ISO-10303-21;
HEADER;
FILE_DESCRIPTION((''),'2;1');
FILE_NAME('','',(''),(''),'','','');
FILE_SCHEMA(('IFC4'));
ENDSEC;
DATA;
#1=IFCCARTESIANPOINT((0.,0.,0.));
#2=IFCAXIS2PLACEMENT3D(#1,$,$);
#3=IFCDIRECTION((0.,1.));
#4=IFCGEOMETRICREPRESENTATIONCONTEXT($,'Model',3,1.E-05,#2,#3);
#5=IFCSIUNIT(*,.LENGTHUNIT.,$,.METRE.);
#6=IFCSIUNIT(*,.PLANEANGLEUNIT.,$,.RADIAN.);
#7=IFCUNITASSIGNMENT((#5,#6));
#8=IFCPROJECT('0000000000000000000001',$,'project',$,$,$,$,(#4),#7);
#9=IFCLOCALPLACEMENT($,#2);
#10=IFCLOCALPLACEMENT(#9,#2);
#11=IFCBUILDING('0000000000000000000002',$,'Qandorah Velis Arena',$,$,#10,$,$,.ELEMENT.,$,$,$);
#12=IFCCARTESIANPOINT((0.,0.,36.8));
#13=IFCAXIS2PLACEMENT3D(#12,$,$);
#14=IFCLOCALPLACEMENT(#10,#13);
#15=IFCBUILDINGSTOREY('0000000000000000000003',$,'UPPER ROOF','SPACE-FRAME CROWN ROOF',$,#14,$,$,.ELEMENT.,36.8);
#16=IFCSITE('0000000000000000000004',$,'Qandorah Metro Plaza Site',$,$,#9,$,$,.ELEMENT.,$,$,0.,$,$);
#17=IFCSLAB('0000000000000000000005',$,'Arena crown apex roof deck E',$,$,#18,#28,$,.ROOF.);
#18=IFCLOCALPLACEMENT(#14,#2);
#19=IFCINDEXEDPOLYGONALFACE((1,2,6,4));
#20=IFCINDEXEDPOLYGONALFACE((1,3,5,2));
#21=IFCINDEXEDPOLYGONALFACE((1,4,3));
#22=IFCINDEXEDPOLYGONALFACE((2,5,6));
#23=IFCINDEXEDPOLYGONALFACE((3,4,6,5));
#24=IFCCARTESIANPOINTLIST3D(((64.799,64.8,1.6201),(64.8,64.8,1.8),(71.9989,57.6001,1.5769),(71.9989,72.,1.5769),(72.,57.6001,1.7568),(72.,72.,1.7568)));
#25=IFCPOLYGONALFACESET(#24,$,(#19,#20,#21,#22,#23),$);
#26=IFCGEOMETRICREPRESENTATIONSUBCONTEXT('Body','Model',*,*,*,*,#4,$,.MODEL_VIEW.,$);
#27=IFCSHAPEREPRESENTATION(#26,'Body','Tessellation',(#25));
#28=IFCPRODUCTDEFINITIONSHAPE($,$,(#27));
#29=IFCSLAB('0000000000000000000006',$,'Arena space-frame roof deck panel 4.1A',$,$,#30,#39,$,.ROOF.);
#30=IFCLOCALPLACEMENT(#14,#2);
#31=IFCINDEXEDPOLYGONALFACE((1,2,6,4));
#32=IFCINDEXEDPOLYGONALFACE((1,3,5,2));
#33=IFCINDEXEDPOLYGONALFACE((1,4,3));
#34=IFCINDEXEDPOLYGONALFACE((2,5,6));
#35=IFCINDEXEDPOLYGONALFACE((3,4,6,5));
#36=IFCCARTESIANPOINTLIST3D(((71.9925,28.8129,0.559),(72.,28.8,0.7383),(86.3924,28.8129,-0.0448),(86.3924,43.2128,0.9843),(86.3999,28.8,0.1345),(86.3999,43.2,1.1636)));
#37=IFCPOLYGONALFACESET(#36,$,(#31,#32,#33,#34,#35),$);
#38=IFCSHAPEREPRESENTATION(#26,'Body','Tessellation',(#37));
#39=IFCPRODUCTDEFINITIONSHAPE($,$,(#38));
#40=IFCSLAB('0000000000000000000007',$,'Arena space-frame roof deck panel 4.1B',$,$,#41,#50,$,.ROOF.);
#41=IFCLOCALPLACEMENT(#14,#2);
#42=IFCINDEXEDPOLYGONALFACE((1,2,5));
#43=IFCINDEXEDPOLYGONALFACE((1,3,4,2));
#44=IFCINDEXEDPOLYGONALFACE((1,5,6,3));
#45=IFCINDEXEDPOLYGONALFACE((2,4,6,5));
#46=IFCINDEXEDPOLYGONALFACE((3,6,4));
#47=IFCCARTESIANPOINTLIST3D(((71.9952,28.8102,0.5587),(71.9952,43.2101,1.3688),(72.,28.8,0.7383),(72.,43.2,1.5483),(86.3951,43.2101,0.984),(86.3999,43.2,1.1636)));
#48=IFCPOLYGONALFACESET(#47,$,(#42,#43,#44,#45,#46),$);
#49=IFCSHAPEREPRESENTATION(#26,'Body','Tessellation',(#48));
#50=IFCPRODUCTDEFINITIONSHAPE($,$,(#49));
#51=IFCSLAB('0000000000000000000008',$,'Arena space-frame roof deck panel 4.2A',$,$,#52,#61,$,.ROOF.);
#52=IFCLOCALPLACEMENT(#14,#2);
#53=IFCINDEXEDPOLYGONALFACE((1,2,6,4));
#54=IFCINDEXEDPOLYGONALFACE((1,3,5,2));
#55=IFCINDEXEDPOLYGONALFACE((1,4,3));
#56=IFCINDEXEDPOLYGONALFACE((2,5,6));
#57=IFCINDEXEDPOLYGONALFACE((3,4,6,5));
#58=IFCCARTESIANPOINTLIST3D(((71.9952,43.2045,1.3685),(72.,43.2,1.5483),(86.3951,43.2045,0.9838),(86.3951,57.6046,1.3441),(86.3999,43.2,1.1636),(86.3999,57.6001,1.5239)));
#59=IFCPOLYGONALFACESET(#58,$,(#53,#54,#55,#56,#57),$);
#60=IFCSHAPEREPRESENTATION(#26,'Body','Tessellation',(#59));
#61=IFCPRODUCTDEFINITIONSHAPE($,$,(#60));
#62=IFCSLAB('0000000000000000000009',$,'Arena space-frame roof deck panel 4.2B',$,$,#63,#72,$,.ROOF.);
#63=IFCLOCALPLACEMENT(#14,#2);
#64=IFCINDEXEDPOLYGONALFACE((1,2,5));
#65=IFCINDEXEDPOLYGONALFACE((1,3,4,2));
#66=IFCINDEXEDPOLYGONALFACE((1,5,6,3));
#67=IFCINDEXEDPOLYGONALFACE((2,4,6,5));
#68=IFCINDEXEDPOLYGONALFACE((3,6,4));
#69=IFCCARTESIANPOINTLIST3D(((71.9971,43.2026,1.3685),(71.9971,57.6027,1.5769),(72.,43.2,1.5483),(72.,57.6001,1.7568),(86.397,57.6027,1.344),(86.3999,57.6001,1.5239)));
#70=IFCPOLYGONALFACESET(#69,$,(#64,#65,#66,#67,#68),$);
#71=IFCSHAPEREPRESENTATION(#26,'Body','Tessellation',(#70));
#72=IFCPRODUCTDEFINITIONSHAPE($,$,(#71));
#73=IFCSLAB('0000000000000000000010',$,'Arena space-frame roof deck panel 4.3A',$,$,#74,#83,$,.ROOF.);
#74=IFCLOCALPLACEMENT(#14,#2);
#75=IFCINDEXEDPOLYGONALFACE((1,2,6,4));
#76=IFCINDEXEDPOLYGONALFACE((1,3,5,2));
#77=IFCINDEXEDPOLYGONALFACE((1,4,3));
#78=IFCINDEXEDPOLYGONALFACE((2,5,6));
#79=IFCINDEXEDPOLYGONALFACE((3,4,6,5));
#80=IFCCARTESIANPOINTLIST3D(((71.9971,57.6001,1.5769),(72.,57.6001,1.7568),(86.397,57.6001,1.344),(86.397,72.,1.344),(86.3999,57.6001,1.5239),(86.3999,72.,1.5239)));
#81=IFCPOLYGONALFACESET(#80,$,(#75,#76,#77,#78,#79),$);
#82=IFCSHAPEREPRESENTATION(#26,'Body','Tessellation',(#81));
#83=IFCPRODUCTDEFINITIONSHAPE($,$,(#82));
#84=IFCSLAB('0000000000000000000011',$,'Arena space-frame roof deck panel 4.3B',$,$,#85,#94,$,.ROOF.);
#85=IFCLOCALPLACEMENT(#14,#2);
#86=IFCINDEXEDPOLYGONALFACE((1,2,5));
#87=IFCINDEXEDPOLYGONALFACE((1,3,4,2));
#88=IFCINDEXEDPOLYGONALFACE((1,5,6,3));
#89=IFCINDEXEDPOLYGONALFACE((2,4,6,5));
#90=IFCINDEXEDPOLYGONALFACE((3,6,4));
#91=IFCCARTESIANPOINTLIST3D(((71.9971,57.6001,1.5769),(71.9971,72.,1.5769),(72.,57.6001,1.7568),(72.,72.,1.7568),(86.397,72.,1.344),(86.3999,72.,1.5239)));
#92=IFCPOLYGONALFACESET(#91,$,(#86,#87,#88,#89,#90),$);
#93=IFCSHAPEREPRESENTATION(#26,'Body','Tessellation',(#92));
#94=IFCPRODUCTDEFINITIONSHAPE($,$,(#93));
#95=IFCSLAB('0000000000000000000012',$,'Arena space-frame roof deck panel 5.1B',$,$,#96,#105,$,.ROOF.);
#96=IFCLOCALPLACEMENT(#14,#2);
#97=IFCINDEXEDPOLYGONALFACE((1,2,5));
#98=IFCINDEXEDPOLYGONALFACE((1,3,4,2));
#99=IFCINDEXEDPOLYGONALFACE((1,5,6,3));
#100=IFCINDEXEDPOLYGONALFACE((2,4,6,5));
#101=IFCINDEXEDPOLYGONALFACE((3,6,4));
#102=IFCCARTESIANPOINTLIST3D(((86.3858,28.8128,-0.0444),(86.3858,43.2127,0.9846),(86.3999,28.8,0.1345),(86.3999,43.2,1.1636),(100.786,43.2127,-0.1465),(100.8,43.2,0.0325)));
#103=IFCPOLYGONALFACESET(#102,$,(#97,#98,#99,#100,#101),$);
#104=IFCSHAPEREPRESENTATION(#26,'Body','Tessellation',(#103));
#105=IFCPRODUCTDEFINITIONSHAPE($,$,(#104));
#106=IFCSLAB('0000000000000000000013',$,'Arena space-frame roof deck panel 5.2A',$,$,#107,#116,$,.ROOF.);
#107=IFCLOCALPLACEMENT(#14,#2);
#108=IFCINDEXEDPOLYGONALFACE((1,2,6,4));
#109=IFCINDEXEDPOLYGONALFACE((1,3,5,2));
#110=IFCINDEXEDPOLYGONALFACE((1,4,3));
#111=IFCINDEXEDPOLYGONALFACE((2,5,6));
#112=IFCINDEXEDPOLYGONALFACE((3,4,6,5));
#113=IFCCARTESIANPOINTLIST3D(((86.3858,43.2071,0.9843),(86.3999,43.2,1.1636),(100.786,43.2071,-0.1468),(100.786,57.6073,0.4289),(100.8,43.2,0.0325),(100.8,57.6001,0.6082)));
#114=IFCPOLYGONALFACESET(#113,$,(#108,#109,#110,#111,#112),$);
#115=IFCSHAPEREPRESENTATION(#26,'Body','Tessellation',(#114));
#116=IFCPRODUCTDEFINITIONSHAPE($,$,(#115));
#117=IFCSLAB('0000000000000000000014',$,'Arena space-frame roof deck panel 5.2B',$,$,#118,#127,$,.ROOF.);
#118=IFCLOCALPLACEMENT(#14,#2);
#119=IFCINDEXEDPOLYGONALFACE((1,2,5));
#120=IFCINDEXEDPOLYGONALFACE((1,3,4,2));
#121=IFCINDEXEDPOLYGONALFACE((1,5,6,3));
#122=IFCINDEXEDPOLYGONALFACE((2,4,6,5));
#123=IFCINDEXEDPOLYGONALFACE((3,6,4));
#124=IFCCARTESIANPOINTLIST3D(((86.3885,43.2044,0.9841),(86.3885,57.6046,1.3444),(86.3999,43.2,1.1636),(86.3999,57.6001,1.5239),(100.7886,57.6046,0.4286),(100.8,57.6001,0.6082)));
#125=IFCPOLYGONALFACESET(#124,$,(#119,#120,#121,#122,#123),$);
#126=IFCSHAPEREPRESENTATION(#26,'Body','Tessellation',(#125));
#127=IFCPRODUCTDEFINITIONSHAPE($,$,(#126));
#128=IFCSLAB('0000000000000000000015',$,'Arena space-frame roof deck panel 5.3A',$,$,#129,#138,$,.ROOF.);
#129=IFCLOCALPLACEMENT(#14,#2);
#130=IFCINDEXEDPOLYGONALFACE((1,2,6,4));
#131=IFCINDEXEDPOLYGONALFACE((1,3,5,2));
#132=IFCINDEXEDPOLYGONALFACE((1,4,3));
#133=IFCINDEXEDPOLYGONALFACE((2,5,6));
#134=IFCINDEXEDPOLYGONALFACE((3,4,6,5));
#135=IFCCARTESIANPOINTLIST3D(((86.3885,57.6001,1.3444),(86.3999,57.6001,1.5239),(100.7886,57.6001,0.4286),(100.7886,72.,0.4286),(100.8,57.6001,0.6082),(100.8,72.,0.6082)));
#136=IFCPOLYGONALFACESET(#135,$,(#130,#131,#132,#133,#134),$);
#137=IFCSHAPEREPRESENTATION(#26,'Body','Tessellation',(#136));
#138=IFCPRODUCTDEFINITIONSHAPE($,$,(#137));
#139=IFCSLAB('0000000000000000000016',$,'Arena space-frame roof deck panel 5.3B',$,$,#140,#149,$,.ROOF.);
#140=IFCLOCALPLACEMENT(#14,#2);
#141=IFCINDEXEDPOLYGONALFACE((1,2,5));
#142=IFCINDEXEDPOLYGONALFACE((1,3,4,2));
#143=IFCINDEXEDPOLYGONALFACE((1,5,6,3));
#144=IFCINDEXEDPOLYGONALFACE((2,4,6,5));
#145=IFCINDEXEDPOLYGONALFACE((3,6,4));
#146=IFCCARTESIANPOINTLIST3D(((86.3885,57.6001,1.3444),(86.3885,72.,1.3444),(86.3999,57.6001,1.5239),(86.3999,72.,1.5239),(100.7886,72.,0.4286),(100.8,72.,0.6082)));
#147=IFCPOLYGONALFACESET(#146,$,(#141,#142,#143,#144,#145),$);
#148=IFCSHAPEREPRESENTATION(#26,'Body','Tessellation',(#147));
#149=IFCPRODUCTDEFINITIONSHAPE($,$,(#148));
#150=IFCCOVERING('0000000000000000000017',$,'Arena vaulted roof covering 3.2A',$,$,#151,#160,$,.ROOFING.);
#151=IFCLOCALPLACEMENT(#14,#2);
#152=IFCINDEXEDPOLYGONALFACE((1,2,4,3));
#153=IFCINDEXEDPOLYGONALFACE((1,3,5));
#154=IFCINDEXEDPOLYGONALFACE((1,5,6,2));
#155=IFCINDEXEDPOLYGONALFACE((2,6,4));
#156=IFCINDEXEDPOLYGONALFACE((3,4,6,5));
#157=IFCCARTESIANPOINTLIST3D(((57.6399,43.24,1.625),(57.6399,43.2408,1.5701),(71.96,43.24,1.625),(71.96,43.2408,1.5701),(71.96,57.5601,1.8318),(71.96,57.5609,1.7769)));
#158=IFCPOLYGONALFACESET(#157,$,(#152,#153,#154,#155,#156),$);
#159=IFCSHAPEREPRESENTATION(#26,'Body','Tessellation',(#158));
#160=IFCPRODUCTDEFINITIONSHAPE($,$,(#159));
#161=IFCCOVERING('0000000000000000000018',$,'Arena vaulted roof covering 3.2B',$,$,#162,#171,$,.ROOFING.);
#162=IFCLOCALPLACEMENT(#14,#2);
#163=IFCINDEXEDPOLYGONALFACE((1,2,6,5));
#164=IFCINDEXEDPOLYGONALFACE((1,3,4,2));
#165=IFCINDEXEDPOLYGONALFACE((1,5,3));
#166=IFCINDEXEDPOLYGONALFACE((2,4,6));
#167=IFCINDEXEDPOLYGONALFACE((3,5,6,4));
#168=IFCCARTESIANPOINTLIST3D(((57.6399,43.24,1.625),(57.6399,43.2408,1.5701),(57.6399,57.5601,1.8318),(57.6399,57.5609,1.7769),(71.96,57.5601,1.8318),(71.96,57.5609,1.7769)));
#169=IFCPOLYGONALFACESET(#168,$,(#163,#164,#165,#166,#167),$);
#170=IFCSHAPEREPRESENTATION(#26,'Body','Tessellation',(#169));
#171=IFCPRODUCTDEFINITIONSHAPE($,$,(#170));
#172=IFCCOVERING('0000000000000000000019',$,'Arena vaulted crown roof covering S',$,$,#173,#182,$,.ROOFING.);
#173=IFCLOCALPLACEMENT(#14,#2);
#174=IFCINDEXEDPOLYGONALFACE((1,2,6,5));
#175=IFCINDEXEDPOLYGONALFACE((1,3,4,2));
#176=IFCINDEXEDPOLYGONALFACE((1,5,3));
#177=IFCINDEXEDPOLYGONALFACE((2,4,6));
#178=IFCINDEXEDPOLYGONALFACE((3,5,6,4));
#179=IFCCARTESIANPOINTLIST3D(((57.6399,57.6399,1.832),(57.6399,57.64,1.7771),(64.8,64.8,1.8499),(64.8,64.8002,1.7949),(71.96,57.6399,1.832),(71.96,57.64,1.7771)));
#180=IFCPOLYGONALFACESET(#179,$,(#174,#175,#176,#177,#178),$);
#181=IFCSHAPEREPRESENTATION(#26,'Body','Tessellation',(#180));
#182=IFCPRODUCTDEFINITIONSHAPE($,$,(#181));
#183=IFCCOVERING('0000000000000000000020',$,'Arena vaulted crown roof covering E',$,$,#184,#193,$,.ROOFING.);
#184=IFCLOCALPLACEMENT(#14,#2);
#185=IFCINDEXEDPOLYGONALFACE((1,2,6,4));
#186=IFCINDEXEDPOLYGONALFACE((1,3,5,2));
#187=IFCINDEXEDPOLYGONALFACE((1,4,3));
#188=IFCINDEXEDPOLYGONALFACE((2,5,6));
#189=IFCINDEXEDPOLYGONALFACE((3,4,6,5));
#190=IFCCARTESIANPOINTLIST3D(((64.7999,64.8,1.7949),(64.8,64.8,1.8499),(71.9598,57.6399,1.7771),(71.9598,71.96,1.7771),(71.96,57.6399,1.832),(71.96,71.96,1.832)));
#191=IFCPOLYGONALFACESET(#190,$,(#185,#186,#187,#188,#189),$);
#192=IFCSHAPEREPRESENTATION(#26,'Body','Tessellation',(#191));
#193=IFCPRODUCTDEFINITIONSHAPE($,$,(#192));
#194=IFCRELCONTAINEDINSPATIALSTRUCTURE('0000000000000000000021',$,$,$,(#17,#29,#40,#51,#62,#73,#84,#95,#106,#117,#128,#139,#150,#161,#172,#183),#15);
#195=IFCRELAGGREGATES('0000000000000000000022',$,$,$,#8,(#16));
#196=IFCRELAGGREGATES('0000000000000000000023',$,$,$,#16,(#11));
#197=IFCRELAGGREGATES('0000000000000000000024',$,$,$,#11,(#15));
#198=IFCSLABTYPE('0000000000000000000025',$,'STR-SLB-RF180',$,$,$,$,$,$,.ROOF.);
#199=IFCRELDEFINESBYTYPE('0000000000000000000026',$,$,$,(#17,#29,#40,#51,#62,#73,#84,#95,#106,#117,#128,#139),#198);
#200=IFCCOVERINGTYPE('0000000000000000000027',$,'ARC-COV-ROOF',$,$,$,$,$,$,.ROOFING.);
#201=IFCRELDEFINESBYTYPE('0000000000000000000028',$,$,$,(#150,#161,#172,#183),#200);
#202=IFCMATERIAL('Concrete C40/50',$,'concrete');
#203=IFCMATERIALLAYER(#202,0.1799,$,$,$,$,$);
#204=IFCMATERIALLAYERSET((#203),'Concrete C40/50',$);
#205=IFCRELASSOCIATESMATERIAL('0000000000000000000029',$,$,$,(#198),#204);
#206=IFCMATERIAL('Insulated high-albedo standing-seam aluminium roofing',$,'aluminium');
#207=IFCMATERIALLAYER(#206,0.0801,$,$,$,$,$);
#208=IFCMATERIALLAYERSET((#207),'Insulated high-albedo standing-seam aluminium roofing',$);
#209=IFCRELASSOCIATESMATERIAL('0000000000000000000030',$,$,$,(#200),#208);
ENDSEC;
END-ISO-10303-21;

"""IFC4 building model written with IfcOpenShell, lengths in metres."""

from ifc_helpers import new_model, si_unit, direction, frame, origin, place, context, subcontext, project, spatial, polyline, outline, extrude, material, layer, layer_set, type_object, element, save


model = new_model("IFC4")

# Units and contexts
model_context = context("Model", 3, precision=1e-05, world=origin(), true_north=direction((0.0, 1.0)))
body_context = subcontext(model_context, "Body", "Model", "MODEL_VIEW")
ifc_project = project(units=[si_unit("LENGTHUNIT", "METRE"), si_unit("PLANEANGLEUNIT", "RADIAN")], contexts=[model_context])

# Site, building, storey
site_placement = place(None, origin())
site = spatial("IfcSite", under=ifc_project, at=site_placement, Name="Qandorah Metro Plaza Site", CompositionType="ELEMENT", RefElevation=0.0)
building_placement = place(site_placement, origin())
building = spatial("IfcBuilding", under=site, at=building_placement, Name="Qandorah Velis Arena", CompositionType="ELEMENT")
storey_placement = place(building_placement, frame((0.0, 0.0, 36.8)))
storey = spatial("IfcBuildingStorey", under=building, at=storey_placement, Name="UPPER ROOF", Description="SPACE-FRAME CROWN ROOF", CompositionType="ELEMENT", Elevation=36.8)

# Slabs
ifc_material_1 = material(Name="Concrete C40/50", Category="concrete")
ifc_layer_1 = layer(ifc_material_1, 0.1799)
ifc_layer_set_1 = layer_set([ifc_layer_1], Name="Concrete C40/50")
slab_type = type_object("IfcSlabType", Name="STR-SLB-RF180", PredefinedType="ROOF", material=ifc_layer_set_1)
slab_1_placement = place(storey_placement, frame((72.0, 57.6001, 1.7568), z_axis=(0.006002, 0.0, 0.999982), x_axis=(0.0, 1.0, 0.0)))
element("IfcSlab", 1, at=slab_1_placement, inside=storey, type_object=slab_type, Name="Arena crown apex roof deck E", PredefinedType="ROOF", context=body_context, shape_type="SweptSolid", body=[
    extrude(outline(polyline([(0.0, 0.0), (14.3999, 0.0), (7.2, 7.2001), (0.0, 0.0)])), origin(), (0.0, 0.0, -1.0), 0.1799),
])
slab_2_placement = place(storey_placement, frame((72.0, 28.8, 0.7383), z_axis=(0.041785, -0.071218, 0.996585), x_axis=(0.999122, 0.0, -0.041891)))
element("IfcSlab", 2, at=slab_2_placement, inside=storey, type_object=slab_type, Name="Arena space-frame roof deck panel 4.1A", PredefinedType="ROOF", context=body_context, shape_type="SweptSolid", body=[
    extrude(outline(polyline([(0.0, 0.0), (14.4126, 0.0), (14.3694, 14.4366), (0.0, 0.0)])), origin(), (0.0, 0.0, -1.0), 0.1799),
])
slab_3_placement = place(storey_placement, frame((72.0, 28.8, 0.7383), z_axis=(0.026668, -0.056146, 0.998066), x_axis=(0.706953, 0.706953, 0.020879)))
element("IfcSlab", 3, at=slab_3_placement, inside=storey, type_object=slab_type, Name="Arena space-frame roof deck panel 4.1B", PredefinedType="ROOF", context=body_context, shape_type="SweptSolid", body=[
    extrude(outline(polyline([(0.0, 0.0), (20.369, 0.0), (10.197, 10.1998), (0.0, 0.0)])), origin(), (0.0, 0.0, -1.0), 0.1799),
])
slab_4_placement = place(storey_placement, frame((72.0, 43.2, 1.5483), z_axis=(0.026702, -0.025007, 0.999331), x_axis=(0.999643, 0.0, -0.02671)))
element("IfcSlab", 4, at=slab_4_placement, inside=storey, type_object=slab_type, Name="Arena space-frame roof deck panel 4.2A", PredefinedType="ROOF", context=body_context, shape_type="SweptSolid", body=[
    extrude(outline(polyline([(0.0, 0.0), (14.405, 0.0), (14.3954, 14.4047), (0.0, 0.0)])), origin(), (0.0, 0.0, -1.0), 0.1799),
])
slab_5_placement = place(storey_placement, frame((72.0, 43.2, 1.5483), z_axis=(0.016171, -0.014475, 0.999764), x_axis=(0.7071, 0.707112, -0.001199)))
element("IfcSlab", 5, at=slab_5_placement, inside=storey, type_object=slab_type, Name="Arena space-frame roof deck panel 4.2B", PredefinedType="ROOF", context=body_context, shape_type="SweptSolid", body=[
    extrude(outline(polyline([(0.0, 0.0), (20.3647, 0.0), (10.1823, 10.1847), (0.0, 0.0)])), origin(), (0.0, 0.0, -1.0), 0.1799),
])
slab_6_placement = place(storey_placement, frame((72.0, 57.6001, 1.7568), z_axis=(0.016172, 0.0, 0.999869), x_axis=(0.999869, 0.0, -0.016172)))
element("IfcSlab", 6, at=slab_6_placement, inside=storey, type_object=slab_type, Name="Arena space-frame roof deck panel 4.3A", PredefinedType="ROOF", context=body_context, shape_type="SweptSolid", body=[
    extrude(outline(polyline([(0.0, 0.0), (14.4018, 0.0), (14.4018, 14.3999), (0.0, 0.0)])), origin(), (0.0, 0.0, -1.0), 0.1799),
])
slab_7_placement = place(storey_placement, frame((72.0, 57.6001, 1.7568), z_axis=(0.016172, 0.0, 0.999869), x_axis=(0.707061, 0.707061, -0.011436)))
element("IfcSlab", 7, at=slab_7_placement, inside=storey, type_object=slab_type, Name="Arena space-frame roof deck panel 4.3B", PredefinedType="ROOF", context=body_context, shape_type="SweptSolid", body=[
    extrude(outline(polyline([(0.0, 0.0), (20.3659, 0.0), (10.1816, 10.1829), (0.0, 0.0)])), origin(), (0.0, 0.0, -1.0), 0.1799),
])
slab_8_placement = place(storey_placement, frame((86.3999, 28.8, 0.1345), z_axis=(0.078109, -0.071063, 0.994409), x_axis=(0.707104, 0.707092, -0.005011)))
element("IfcSlab", 8, at=slab_8_placement, inside=storey, type_object=slab_type, Name="Arena space-frame roof deck panel 5.1B", PredefinedType="ROOF", context=body_context, shape_type="SweptSolid", body=[
    extrude(outline(polyline([(0.0, 0.0), (20.365, 0.0), (10.1769, 10.2395), (0.0, 0.0)])), origin(), (0.0, 0.0, -1.0), 0.1799),
])
slab_9_placement = place(storey_placement, frame((86.3999, 43.2, 1.1636), z_axis=(0.078245, -0.039823, 0.996138), x_axis=(0.996929, 0.0, -0.078307)))
element("IfcSlab", 9, at=slab_9_placement, inside=storey, type_object=slab_type, Name="Arena space-frame roof deck panel 5.2A", PredefinedType="ROOF", context=body_context, shape_type="SweptSolid", body=[
    extrude(outline(polyline([(0.0, 0.0), (14.4445, 0.0), (14.3994, 14.4116), (0.0, 0.0)])), origin(), (0.0, 0.0, -1.0), 0.1799),
])
slab_10_placement = place(storey_placement, frame((86.3999, 43.2, 1.1636), z_axis=(0.063447, -0.024966, 0.997673), x_axis=(0.706844, 0.706844, -0.027263)))
element("IfcSlab", 10, at=slab_10_placement, inside=storey, type_object=slab_type, Name="Arena space-frame roof deck panel 5.2B", PredefinedType="ROOF", context=body_context, shape_type="SweptSolid", body=[
    extrude(outline(polyline([(0.0, 0.0), (20.3725, 0.0), (10.1688, 10.2024), (0.0, 0.0)])), origin(), (0.0, 0.0, -1.0), 0.1799),
])
slab_11_placement = place(storey_placement, frame((86.3999, 57.6001, 1.5239), z_axis=(0.063466, 0.0, 0.997984), x_axis=(0.997984, 0.0, -0.063466)))
element("IfcSlab", 11, at=slab_11_placement, inside=storey, type_object=slab_type, Name="Arena space-frame roof deck panel 5.3A", PredefinedType="ROOF", context=body_context, shape_type="SweptSolid", body=[
    extrude(outline(polyline([(0.0, 0.0), (14.4292, 0.0), (14.4292, 14.3999), (0.0, 0.0)])), origin(), (0.0, 0.0, -1.0), 0.1799),
])
slab_12_placement = place(storey_placement, frame((86.3999, 57.6001, 1.5239), z_axis=(0.063466, 0.0, 0.997984), x_axis=(0.706399, 0.706387, -0.044923)))
element("IfcSlab", 12, at=slab_12_placement, inside=storey, type_object=slab_type, Name="Arena space-frame roof deck panel 5.3B", PredefinedType="ROOF", context=body_context, shape_type="SweptSolid", body=[
    extrude(outline(polyline([(0.0, 0.0), (20.3853, 0.0), (10.1719, 10.1926), (0.0, 0.0)])), origin(), (0.0, 0.0, -1.0), 0.1799),
])

# Coverings
ifc_material_2 = material(Name="Insulated high-albedo standing-seam aluminium roofing", Category="aluminium")
ifc_layer_2 = layer(ifc_material_2, 0.0801)
ifc_layer_set_2 = layer_set([ifc_layer_2], Name="Insulated high-albedo standing-seam aluminium roofing")
covering_type = type_object("IfcCoveringType", Name="ARC-COV-ROOF", PredefinedType="ROOFING", material=ifc_layer_set_2)
covering_1_placement = place(storey_placement, frame((57.6399, 43.24, 1.625), z_axis=(0.0, -0.014439, 0.999896), x_axis=(1.0, 0.0, 0.0)))
element("IfcCovering", 13, at=covering_1_placement, inside=storey, type_object=covering_type, Name="Arena vaulted roof covering 3.2A", PredefinedType="ROOFING", context=body_context, shape_type="SweptSolid", body=[
    extrude(outline(polyline([(0.0, 0.0), (14.3201, 0.0), (14.3201, 14.3216), (0.0, 0.0)])), origin(), (0.0, 0.0, -1.0), 0.0549),
])
covering_2_placement = place(storey_placement, frame((57.6399, 43.24, 1.625), z_axis=(0.0, -0.014439, 0.999896), x_axis=(0.70707, 0.70707, 0.01021)))
element("IfcCovering", 14, at=covering_2_placement, inside=storey, type_object=covering_type, Name="Arena vaulted roof covering 3.2B", PredefinedType="ROOFING", context=body_context, shape_type="SweptSolid", body=[
    extrude(outline(polyline([(0.0, 0.0), (20.2527, 0.0), (10.1274, 10.1263), (0.0, 0.0)])), origin(), (0.0, 0.0, -1.0), 0.0549),
])
covering_3_placement = place(storey_placement, frame((57.6399, 57.6399, 1.832), z_axis=(0.0, -0.002489, 0.999997), x_axis=(1.0, 0.0, 0.0)))
element("IfcCovering", 15, at=covering_3_placement, inside=storey, type_object=covering_type, Name="Arena vaulted crown roof covering S", PredefinedType="ROOFING", context=body_context, shape_type="SweptSolid", body=[
    extrude(outline(polyline([(0.0, 0.0), (14.3201, 0.0), (7.1602, 7.1602), (0.0, 0.0)])), origin(), (0.0, 0.0, -1.0), 0.0549),
])
covering_4_placement = place(storey_placement, frame((71.96, 57.6399, 1.832), z_axis=(0.002489, 0.0, 0.999997), x_axis=(0.0, 1.0, 0.0)))
element("IfcCovering", 16, at=covering_4_placement, inside=storey, type_object=covering_type, Name="Arena vaulted crown roof covering E", PredefinedType="ROOFING", context=body_context, shape_type="SweptSolid", body=[
    extrude(outline(polyline([(0.0, 0.0), (14.3201, 0.0), (7.1602, 7.1599), (0.0, 0.0)])), origin(), (0.0, 0.0, -1.0), 0.0549),
])

save(model, "model.ifc")
